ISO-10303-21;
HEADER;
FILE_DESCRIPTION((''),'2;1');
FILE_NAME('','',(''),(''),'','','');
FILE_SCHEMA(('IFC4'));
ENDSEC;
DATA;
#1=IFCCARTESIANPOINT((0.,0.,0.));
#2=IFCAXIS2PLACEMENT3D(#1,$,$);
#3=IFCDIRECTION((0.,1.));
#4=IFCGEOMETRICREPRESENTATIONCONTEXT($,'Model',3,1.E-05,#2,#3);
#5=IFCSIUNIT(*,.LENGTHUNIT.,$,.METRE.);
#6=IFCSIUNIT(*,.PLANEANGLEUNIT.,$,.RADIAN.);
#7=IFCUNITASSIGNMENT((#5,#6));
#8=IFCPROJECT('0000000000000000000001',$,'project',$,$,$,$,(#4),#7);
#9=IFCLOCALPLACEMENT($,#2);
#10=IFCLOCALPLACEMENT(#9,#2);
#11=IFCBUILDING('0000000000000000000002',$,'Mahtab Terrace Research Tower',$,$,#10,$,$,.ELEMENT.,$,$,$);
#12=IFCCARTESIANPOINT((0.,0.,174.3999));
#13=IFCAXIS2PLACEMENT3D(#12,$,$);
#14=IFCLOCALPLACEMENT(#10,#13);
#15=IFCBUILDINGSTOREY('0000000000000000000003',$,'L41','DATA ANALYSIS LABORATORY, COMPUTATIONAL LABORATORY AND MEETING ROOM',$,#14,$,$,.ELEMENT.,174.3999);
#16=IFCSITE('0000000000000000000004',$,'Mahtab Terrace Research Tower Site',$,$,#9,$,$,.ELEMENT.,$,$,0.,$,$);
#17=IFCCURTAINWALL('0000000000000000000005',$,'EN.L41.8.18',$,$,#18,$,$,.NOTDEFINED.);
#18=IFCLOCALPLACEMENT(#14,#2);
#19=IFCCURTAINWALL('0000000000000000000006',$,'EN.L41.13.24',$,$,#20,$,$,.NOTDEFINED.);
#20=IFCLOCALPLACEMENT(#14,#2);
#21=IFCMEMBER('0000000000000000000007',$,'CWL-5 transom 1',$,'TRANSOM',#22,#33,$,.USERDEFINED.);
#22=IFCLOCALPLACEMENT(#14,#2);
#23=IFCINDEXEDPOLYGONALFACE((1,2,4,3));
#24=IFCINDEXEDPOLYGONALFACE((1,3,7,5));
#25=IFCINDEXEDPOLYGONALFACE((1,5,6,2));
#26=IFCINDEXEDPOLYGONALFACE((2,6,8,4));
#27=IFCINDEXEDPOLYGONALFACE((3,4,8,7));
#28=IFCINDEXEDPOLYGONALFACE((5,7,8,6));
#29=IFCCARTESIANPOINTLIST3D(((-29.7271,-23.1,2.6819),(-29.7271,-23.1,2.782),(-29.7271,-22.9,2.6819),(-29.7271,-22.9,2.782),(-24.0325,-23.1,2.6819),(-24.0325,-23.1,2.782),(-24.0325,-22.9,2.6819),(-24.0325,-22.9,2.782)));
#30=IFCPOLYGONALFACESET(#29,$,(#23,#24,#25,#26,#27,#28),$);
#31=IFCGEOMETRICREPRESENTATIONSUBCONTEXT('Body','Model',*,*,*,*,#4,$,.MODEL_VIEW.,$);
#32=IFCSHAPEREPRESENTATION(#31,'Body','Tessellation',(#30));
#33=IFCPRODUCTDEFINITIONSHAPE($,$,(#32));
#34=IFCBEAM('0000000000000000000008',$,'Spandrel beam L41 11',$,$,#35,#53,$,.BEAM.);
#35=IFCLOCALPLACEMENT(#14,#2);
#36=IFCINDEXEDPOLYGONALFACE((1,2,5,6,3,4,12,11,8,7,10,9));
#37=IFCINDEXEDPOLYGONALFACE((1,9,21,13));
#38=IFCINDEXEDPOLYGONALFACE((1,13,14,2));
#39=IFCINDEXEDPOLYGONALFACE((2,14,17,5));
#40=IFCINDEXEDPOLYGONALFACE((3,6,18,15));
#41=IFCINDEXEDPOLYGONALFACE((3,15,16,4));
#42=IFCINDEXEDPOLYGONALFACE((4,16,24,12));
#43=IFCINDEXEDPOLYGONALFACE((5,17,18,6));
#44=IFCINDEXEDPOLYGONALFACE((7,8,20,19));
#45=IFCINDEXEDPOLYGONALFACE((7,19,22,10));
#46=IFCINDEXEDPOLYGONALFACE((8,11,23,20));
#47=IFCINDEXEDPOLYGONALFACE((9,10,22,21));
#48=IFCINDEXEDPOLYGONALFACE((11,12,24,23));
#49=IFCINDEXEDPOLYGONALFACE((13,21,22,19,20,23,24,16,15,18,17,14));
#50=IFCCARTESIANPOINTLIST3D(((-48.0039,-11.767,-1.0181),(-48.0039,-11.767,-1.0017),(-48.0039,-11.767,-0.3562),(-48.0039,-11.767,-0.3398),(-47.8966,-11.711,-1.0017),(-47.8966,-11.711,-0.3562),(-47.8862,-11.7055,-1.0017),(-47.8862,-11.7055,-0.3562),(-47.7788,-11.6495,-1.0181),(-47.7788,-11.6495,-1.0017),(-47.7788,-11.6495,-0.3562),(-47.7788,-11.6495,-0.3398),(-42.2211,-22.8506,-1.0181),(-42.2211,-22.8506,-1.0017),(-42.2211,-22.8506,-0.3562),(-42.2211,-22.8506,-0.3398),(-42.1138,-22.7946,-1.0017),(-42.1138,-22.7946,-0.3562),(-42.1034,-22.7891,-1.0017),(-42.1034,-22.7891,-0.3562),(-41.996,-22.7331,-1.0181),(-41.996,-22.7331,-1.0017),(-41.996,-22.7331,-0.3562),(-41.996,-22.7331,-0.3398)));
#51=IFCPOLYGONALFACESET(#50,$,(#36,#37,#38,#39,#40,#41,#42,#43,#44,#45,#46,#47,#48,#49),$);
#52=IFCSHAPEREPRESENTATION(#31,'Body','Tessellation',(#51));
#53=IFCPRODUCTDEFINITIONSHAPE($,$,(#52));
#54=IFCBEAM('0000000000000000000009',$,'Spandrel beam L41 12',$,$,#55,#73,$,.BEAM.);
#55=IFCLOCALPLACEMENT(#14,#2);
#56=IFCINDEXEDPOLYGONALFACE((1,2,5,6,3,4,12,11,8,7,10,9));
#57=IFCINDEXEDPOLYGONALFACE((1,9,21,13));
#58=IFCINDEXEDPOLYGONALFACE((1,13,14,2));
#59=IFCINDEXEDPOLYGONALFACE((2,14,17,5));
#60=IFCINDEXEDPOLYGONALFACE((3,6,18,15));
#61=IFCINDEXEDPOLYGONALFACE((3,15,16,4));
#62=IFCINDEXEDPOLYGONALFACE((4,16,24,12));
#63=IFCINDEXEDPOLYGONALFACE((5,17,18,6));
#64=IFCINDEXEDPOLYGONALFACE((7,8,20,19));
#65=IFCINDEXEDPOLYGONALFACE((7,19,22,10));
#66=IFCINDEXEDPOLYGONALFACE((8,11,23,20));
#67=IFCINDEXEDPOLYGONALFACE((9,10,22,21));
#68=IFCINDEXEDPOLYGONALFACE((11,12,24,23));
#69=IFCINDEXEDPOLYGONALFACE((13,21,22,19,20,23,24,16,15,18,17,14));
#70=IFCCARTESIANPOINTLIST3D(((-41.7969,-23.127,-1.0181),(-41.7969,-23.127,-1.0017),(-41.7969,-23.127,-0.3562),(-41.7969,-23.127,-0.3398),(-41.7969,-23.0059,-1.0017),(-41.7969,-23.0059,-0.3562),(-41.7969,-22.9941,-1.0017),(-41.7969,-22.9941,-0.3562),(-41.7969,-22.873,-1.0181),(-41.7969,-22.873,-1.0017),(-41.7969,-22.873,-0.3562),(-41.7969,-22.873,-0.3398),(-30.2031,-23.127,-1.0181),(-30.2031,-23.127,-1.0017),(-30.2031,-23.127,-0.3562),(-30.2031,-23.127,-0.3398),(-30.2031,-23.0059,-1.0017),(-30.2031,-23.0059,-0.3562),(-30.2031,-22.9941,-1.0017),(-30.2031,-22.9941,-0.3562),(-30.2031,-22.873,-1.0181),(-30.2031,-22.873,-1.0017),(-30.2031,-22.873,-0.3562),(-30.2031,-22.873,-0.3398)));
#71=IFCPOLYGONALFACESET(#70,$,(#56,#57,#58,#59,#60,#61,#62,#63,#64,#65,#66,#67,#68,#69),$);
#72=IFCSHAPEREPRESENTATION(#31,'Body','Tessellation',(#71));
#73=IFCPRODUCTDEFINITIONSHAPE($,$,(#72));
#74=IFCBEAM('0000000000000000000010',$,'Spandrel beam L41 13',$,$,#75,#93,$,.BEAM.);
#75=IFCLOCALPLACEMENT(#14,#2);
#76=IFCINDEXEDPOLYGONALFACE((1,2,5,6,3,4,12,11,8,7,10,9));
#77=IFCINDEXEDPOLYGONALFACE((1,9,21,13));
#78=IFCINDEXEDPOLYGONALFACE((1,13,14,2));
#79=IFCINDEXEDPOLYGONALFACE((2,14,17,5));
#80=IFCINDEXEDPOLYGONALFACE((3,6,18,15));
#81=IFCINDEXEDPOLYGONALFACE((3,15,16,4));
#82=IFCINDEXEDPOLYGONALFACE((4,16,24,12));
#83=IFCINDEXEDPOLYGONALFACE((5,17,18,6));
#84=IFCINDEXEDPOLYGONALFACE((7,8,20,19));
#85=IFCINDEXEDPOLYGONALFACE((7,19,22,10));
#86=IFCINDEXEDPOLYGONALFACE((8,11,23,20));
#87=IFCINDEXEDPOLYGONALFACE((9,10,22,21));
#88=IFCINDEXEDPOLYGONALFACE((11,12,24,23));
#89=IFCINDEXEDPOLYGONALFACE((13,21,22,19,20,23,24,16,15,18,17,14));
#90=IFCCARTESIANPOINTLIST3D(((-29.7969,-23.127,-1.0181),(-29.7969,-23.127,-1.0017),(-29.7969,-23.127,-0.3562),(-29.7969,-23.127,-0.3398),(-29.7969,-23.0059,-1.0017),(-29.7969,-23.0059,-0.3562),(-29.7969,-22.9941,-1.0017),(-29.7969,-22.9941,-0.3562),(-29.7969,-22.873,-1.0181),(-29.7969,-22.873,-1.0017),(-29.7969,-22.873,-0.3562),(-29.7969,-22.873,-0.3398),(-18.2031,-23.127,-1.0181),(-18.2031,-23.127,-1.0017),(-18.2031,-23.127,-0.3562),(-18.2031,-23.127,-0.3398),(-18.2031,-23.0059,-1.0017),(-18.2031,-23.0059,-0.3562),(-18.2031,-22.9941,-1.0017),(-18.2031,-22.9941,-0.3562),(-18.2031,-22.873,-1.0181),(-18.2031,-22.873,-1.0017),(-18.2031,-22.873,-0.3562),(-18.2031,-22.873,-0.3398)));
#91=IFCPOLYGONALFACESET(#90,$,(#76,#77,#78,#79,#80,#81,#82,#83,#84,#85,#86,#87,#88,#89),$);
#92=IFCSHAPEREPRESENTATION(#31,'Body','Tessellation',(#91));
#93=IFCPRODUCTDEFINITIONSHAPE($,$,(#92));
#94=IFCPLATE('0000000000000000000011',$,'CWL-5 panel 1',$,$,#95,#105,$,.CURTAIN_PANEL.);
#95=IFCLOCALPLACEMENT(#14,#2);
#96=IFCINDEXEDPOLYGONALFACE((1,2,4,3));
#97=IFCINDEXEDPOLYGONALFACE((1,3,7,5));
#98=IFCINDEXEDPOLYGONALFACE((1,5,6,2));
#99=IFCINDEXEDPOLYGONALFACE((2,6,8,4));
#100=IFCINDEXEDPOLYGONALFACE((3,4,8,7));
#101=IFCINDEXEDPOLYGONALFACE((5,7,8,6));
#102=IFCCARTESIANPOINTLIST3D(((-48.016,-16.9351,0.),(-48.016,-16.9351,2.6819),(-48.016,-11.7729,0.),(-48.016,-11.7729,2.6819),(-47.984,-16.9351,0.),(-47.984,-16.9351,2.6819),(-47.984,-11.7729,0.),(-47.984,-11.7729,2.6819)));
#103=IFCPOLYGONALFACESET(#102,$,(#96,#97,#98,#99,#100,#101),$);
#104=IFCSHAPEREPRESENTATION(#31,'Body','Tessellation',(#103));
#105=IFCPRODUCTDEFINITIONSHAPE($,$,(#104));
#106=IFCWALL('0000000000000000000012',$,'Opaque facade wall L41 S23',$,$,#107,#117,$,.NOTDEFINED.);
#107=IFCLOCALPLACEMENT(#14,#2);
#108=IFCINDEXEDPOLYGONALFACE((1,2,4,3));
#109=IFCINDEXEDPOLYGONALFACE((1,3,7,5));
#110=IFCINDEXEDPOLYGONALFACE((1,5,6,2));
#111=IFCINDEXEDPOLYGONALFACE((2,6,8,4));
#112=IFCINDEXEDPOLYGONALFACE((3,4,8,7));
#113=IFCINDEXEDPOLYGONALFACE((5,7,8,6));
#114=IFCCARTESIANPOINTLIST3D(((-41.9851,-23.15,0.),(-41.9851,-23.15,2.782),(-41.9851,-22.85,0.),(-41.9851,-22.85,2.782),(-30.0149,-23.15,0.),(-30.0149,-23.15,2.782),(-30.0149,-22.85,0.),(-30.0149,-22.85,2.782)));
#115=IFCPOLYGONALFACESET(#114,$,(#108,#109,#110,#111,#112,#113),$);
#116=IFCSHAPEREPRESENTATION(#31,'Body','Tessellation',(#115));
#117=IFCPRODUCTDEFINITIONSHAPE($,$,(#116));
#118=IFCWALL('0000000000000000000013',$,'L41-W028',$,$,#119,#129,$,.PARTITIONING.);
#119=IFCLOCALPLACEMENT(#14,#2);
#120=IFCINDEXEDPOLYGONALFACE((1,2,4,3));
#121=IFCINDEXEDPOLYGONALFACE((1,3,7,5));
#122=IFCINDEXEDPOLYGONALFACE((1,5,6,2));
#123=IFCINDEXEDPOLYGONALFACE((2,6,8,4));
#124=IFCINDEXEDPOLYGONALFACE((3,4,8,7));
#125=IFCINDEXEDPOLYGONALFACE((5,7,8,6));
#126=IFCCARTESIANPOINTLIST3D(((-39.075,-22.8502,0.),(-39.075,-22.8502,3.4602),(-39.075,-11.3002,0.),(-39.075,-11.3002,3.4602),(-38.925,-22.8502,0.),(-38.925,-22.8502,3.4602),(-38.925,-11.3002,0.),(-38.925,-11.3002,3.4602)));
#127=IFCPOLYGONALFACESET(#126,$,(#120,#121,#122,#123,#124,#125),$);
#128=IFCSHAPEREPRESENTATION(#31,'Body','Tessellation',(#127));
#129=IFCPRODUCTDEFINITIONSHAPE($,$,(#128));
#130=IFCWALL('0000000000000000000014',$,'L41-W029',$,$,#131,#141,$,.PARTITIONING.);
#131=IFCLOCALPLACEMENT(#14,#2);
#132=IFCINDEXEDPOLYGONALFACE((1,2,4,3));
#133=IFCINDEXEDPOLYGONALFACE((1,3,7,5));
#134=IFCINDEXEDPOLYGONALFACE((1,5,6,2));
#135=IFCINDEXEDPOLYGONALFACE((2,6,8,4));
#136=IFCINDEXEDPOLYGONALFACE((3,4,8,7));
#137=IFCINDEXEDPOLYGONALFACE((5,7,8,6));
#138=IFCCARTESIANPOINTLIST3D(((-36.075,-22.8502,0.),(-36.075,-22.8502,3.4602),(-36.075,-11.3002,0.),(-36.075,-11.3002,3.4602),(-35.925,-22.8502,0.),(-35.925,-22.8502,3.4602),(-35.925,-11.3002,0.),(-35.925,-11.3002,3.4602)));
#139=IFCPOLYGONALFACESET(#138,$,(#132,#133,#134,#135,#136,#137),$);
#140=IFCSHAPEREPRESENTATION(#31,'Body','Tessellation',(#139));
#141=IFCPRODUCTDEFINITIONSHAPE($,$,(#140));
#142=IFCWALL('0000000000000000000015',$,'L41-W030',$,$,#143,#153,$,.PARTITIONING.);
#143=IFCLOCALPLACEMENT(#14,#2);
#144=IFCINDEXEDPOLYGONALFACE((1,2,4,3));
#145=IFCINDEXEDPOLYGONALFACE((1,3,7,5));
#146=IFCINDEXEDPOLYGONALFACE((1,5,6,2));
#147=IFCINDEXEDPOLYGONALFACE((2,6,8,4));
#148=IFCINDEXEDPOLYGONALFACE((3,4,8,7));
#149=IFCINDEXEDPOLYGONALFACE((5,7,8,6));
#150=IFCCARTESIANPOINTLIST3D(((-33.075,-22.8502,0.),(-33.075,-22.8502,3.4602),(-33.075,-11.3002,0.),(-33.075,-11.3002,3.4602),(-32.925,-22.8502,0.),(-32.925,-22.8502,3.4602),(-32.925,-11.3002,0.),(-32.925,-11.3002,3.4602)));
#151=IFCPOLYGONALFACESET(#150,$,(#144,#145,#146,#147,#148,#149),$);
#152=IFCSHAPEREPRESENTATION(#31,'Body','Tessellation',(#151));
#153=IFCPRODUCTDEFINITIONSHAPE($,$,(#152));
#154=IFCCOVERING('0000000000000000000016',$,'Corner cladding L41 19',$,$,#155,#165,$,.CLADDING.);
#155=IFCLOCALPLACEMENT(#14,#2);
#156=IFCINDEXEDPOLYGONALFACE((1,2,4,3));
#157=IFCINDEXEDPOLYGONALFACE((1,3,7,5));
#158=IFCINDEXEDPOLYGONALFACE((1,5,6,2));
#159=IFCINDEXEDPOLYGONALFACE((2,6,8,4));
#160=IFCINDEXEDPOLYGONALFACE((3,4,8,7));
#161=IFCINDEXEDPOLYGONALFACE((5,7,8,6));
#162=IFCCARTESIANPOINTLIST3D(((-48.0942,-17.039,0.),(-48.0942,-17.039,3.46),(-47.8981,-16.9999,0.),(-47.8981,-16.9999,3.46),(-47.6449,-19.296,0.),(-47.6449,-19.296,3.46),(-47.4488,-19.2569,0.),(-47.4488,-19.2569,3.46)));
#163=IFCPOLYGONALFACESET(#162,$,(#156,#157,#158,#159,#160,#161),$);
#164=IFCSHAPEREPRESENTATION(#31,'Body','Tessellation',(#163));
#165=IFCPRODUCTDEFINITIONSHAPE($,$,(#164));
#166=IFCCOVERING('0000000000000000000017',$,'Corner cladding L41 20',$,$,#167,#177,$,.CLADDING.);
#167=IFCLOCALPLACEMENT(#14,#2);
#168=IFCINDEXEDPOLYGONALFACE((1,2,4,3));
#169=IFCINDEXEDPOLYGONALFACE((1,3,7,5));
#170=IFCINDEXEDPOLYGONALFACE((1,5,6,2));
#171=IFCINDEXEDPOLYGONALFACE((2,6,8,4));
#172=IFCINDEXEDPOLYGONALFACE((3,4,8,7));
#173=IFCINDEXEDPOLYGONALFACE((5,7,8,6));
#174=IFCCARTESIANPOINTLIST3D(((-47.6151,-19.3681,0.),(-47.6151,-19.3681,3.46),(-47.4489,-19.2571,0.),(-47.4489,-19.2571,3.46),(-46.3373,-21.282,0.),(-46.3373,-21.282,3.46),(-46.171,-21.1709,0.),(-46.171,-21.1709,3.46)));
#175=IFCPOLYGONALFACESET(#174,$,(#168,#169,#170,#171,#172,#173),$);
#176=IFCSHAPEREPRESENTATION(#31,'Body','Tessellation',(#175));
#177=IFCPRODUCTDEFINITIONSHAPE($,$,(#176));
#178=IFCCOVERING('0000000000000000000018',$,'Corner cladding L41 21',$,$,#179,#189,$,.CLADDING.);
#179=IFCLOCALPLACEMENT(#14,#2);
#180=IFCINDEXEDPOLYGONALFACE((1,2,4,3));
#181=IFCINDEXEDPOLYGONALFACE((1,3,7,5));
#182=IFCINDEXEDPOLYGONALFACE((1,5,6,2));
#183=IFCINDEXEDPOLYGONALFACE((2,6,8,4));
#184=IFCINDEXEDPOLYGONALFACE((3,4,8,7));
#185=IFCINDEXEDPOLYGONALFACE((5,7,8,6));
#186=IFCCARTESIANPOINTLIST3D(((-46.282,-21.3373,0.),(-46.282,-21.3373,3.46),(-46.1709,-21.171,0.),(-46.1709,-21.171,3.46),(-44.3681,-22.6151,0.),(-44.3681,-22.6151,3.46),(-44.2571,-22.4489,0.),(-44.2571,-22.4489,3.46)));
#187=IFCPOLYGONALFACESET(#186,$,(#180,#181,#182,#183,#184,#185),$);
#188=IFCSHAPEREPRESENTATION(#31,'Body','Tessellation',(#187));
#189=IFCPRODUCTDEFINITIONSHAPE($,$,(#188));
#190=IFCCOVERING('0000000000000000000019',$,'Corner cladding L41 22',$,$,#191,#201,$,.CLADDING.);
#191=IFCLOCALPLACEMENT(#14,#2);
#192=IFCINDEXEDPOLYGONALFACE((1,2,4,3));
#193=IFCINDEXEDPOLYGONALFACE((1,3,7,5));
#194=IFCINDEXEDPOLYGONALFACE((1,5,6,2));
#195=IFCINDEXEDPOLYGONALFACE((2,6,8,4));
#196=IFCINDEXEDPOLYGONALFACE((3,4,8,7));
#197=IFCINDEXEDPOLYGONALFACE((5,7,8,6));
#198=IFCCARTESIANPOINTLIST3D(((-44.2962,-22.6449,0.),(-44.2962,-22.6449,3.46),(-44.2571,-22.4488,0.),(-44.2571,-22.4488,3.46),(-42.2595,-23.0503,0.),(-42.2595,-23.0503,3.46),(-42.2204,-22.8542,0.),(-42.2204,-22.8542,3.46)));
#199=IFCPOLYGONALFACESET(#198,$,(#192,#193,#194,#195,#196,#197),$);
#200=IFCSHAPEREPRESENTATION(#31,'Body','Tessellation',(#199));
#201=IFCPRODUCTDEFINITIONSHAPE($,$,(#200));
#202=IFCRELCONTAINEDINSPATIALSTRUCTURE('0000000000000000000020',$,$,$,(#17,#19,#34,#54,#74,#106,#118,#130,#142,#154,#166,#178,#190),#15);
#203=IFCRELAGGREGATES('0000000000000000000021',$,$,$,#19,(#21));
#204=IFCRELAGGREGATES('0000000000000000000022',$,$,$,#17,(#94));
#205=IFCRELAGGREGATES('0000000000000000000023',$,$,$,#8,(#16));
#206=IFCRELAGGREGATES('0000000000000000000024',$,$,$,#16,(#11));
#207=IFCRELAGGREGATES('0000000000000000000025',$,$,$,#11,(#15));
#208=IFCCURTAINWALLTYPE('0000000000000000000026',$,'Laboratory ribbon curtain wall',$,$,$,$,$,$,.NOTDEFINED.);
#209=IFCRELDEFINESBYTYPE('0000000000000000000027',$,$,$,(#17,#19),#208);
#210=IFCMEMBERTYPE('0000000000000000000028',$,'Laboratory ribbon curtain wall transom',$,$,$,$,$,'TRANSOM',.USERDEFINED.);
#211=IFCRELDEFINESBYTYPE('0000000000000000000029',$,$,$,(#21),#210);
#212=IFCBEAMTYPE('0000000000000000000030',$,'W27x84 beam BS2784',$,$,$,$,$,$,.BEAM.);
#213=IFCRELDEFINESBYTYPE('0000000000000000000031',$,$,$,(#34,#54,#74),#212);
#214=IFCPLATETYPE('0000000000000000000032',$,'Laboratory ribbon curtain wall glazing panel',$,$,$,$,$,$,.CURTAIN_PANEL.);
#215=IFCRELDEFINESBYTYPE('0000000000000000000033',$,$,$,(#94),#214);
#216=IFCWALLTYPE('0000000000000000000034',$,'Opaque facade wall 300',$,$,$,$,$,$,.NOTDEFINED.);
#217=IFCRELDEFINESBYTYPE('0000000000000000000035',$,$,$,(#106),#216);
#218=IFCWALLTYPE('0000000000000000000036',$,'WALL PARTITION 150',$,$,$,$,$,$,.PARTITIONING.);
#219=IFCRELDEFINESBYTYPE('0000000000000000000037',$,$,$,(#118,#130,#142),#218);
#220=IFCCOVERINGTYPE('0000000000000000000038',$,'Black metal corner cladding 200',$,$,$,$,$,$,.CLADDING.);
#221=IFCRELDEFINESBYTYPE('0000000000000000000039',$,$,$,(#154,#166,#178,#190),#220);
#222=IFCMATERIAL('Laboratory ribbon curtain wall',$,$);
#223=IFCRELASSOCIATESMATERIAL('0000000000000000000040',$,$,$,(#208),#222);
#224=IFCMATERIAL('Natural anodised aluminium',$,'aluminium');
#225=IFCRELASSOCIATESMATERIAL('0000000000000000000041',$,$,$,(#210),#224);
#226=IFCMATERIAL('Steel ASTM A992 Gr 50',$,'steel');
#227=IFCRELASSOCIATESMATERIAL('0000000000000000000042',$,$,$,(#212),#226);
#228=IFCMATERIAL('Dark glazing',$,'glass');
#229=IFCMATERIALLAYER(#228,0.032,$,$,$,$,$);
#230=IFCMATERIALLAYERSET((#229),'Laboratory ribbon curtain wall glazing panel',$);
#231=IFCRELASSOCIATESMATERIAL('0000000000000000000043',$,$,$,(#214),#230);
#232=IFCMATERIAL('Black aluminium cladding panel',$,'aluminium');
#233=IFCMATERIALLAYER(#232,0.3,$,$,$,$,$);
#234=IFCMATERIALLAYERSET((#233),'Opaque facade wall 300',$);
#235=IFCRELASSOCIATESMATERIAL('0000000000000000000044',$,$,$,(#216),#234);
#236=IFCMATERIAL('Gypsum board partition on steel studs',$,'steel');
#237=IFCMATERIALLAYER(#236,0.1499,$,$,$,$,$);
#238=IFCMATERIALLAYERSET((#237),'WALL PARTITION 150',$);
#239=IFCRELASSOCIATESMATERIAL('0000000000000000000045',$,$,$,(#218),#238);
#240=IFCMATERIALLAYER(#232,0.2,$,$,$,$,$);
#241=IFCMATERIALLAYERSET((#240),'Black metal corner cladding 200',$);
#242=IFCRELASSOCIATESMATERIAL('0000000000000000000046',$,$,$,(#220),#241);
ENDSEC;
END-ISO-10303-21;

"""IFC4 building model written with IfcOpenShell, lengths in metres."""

from ifc_helpers import new_model, si_unit, direction, frame, frame_2d, origin, origin_2d, place, context, subcontext, project, spatial, rectangle, i_section, extrude, material, layer, layer_set, material_profile, profile_set, type_object, element, aggregate, save


model = new_model("IFC4")

# Units and contexts
model_context = context("Model", 3, precision=1e-05, world=origin(), true_north=direction((0.0, 1.0)))
body_context = subcontext(model_context, "Body", "Model", "MODEL_VIEW")
ifc_project = project(units=[si_unit("LENGTHUNIT", "METRE"), si_unit("PLANEANGLEUNIT", "RADIAN")], contexts=[model_context])

# Site, building, storey
site_placement = place(None, origin())
site = spatial("IfcSite", under=ifc_project, at=site_placement, Name="Mahtab Terrace Research Tower Site", CompositionType="ELEMENT", RefElevation=0.0)
building_placement = place(site_placement, origin())
building = spatial("IfcBuilding", under=site, at=building_placement, Name="Mahtab Terrace Research Tower", CompositionType="ELEMENT")
storey_placement = place(building_placement, frame((0.0, 0.0, 174.3999)))
storey = spatial("IfcBuildingStorey", under=building, at=storey_placement, Name="L41", Description="DATA ANALYSIS LABORATORY, COMPUTATIONAL LABORATORY AND MEETING ROOM", CompositionType="ELEMENT", Elevation=174.3999)

# Shared definitions
ifc_material_1 = material(Name="Steel ASTM A992 Gr 50", Category="steel")

# Curtain wall
ifc_material_2 = material(Name="Laboratory ribbon curtain wall")
curtain_wall_type = type_object("IfcCurtainWallType", Name="Laboratory ribbon curtain wall", PredefinedType="NOTDEFINED", material=ifc_material_2)
curtain_wall_1_placement = place(storey_placement, origin())
curtain_wall_1 = element("IfcCurtainWall", 1, at=curtain_wall_1_placement, inside=storey, type_object=curtain_wall_type, Name="EN.L41.8.18", PredefinedType="NOTDEFINED")
ifc_material_3 = material(Name="Natural anodised aluminium", Category="aluminium")

# Curtain wall
curtain_wall_2_placement = place(storey_placement, origin())
curtain_wall_2 = element("IfcCurtainWall", 2, at=curtain_wall_2_placement, inside=storey, type_object=curtain_wall_type, Name="EN.L41.13.24", PredefinedType="NOTDEFINED")

# Member
ifc_material_profile_1 = material_profile(ifc_material_3, rectangle(XDim=0.2, YDim=0.1001, at=origin_2d()), Name="TRANSOM 100x200")
ifc_profile_set_1 = profile_set([ifc_material_profile_1], Name="Natural anodised aluminium")
member_type_1 = type_object("IfcMemberType", Name="Laboratory ribbon curtain wall transom", ElementType="TRANSOM", PredefinedType="USERDEFINED", material=ifc_profile_set_1)
member_1_placement = place(storey_placement, frame((-29.7271, -23.0, 2.7319), z_axis=(1.0, 0.0, 0.0), x_axis=(0.0, 1.0, 0.0)))
member_1 = element("IfcMember", 3, at=member_1_placement, type_object=member_type_1, Name="CWL-5 transom 1", ObjectType="TRANSOM", PredefinedType="USERDEFINED", context=body_context, shape_type="SweptSolid", body=[
    extrude(rectangle(XDim=0.2, YDim=0.1001, at=origin_2d()), origin(), (0.0, 0.0, 1.0), 5.6946),
])
aggregate(curtain_wall_2, [member_1])

# Beams
ifc_material_profile_2 = material_profile(ifc_material_1, i_section(OverallWidth=0.2539, OverallDepth=0.6782, WebThickness=0.0117, FlangeThickness=0.0164, at=origin_2d()), Name="W27X84")
ifc_profile_set_2 = profile_set([ifc_material_profile_2], Name="Steel ASTM A992 Gr 50")
beam_type = type_object("IfcBeamType", Name="W27x84 beam BS2784", PredefinedType="BEAM", material=ifc_profile_set_2)
beam_placement = place(storey_placement, frame((-47.8914, -11.7083, -0.679), z_axis=(0.462567, -0.886584, 0.0), x_axis=(0.886584, 0.462567, 0.0)))
element("IfcBeam", 4, at=beam_placement, inside=storey, type_object=beam_type, Name="Spandrel beam L41 11", PredefinedType="BEAM", context=body_context, shape_type="SweptSolid", body=[
    extrude(i_section(OverallWidth=0.2539, OverallDepth=0.6782, WebThickness=0.0117, FlangeThickness=0.0164, at=origin_2d()), origin(), (0.0, 0.0, 1.0), 12.5015),
])
for number, where, z_axis, x_axis, name in (
    (5, (-41.7969, -23.0, -0.679), (1.0, 0.0, 0.0), (0.0, 1.0, 0.0), "Spandrel beam L41 12"),
    (6, (-29.7969, -23.0, -0.679), (1.0, 0.0, 0.0), (0.0, 1.0, 0.0), "Spandrel beam L41 13"),
):
    element("IfcBeam", number, at=place(storey_placement, frame(where, z_axis=z_axis, x_axis=x_axis)), inside=storey, type_object=beam_type, Name=name, PredefinedType="BEAM", context=body_context, shape_type="SweptSolid", body=[
        extrude(i_section(OverallWidth=0.2539, OverallDepth=0.6782, WebThickness=0.0117, FlangeThickness=0.0164, at=origin_2d()), origin(), (0.0, 0.0, 1.0), 11.5938),
    ])

# Plate
ifc_material_4 = material(Name="Dark glazing", Category="glass")
ifc_layer_1 = layer(ifc_material_4, 0.032)
ifc_layer_set_1 = layer_set([ifc_layer_1], Name="Laboratory ribbon curtain wall glazing panel")
plate_type = type_object("IfcPlateType", Name="Laboratory ribbon curtain wall glazing panel", PredefinedType="CURTAIN_PANEL", material=ifc_layer_set_1)
plate_placement = place(storey_placement, frame((-48.0, -14.354, 0.0), z_axis=(0.0, 0.0, 1.0), x_axis=(0.0, -1.0, 0.0)))
plate = element("IfcPlate", 7, at=plate_placement, type_object=plate_type, Name="CWL-5 panel 1", PredefinedType="CURTAIN_PANEL", context=body_context, shape_type="SweptSolid", body=[
    extrude(rectangle(XDim=5.1621, YDim=0.032, at=origin_2d()), origin(), (0.0, 0.0, 1.0), 2.6819),
])
aggregate(curtain_wall_1, [plate])

# Walls
ifc_material_5 = material(Name="Black aluminium cladding panel", Category="aluminium")
ifc_layer_2 = layer(ifc_material_5, 0.3)
ifc_layer_set_2 = layer_set([ifc_layer_2], Name="Opaque facade wall 300")
wall_type_1 = type_object("IfcWallType", Name="Opaque facade wall 300", PredefinedType="NOTDEFINED", material=ifc_layer_set_2)
wall_placement = place(storey_placement, frame((-41.9851, -23.0, 0.0), z_axis=(0.0, 0.0, 1.0), x_axis=(1.0, 0.0, 0.0)))
element("IfcWall", 8, at=wall_placement, inside=storey, type_object=wall_type_1, Name="Opaque facade wall L41 S23", PredefinedType="NOTDEFINED", context=body_context, shape_type="SweptSolid", body=[
    extrude(rectangle(XDim=11.9702, YDim=0.3, at=frame_2d((5.9851, 0.0))), origin(), (0.0, 0.0, 1.0), 2.782),
])
ifc_material_6 = material(Name="Gypsum board partition on steel studs", Category="steel")
ifc_layer_3 = layer(ifc_material_6, 0.1499)
ifc_layer_set_3 = layer_set([ifc_layer_3], Name="WALL PARTITION 150")
wall_type_2 = type_object("IfcWallType", Name="WALL PARTITION 150", PredefinedType="PARTITIONING", material=ifc_layer_set_3)
for number, where, z_axis, x_axis, name in (
    (9, (-39.0, -22.8501, 0.0), (0.0, 0.0, 1.0), (0.0, 1.0, 0.0), "L41-W028"),
    (10, (-36.0, -22.8501, 0.0), (0.0, 0.0, 1.0), (0.0, 1.0, 0.0), "L41-W029"),
    (11, (-33.0, -22.8501, 0.0), (0.0, 0.0, 1.0), (0.0, 1.0, 0.0), "L41-W030"),
):
    element("IfcWall", number, at=place(storey_placement, frame(where, z_axis=z_axis, x_axis=x_axis)), inside=storey, type_object=wall_type_2, Name=name, PredefinedType="PARTITIONING", context=body_context, shape_type="SweptSolid", body=[
        extrude(rectangle(XDim=11.55, YDim=0.1499, at=frame_2d((5.7749, 0.0))), origin(), (0.0, 0.0, 1.0), 3.4602),
    ])

# Coverings
ifc_layer_4 = layer(ifc_material_5, 0.2)
ifc_layer_set_4 = layer_set([ifc_layer_4], Name="Black metal corner cladding 200")
covering_type_1 = type_object("IfcCoveringType", Name="Black metal corner cladding 200", PredefinedType="CLADDING", material=ifc_layer_set_4)
for number, where, z_axis, x_axis, name in (
    (12, (-47.7715, -18.1479, 0.0), (0.0, 0.0, 1.0), (0.195212, -0.980761, 0.0), "Corner cladding L41 19"),
    (13, (-46.8931, -20.2695, 0.0), (0.0, 0.0, 1.0), (0.555291, -0.831656, 0.0), "Corner cladding L41 20"),
    (14, (-45.2695, -21.8931, 0.0), (0.0, 0.0, 1.0), (0.831656, -0.555291, 0.0), "Corner cladding L41 21"),
):
    element("IfcCovering", number, at=place(storey_placement, frame(where, z_axis=z_axis, x_axis=x_axis)), inside=storey, type_object=covering_type_1, Name=name, PredefinedType="CLADDING", context=body_context, shape_type="SweptSolid", body=[
        extrude(rectangle(XDim=2.3013, YDim=0.2, at=origin_2d()), origin(), (0.0, 0.0, 1.0), 3.46),
    ])
covering_placement = place(storey_placement, frame((-43.2583, -22.7495, 0.0), z_axis=(0.0, 0.0, 1.0), x_axis=(0.980761, -0.195212, 0.0)))
element("IfcCovering", 15, at=covering_placement, inside=storey, type_object=covering_type_1, Name="Corner cladding L41 22", PredefinedType="CLADDING", context=body_context, shape_type="SweptSolid", body=[
    extrude(rectangle(XDim=2.0767, YDim=0.2, at=origin_2d()), origin(), (0.0, 0.0, 1.0), 3.46),
])

save(model, "model.ifc")
